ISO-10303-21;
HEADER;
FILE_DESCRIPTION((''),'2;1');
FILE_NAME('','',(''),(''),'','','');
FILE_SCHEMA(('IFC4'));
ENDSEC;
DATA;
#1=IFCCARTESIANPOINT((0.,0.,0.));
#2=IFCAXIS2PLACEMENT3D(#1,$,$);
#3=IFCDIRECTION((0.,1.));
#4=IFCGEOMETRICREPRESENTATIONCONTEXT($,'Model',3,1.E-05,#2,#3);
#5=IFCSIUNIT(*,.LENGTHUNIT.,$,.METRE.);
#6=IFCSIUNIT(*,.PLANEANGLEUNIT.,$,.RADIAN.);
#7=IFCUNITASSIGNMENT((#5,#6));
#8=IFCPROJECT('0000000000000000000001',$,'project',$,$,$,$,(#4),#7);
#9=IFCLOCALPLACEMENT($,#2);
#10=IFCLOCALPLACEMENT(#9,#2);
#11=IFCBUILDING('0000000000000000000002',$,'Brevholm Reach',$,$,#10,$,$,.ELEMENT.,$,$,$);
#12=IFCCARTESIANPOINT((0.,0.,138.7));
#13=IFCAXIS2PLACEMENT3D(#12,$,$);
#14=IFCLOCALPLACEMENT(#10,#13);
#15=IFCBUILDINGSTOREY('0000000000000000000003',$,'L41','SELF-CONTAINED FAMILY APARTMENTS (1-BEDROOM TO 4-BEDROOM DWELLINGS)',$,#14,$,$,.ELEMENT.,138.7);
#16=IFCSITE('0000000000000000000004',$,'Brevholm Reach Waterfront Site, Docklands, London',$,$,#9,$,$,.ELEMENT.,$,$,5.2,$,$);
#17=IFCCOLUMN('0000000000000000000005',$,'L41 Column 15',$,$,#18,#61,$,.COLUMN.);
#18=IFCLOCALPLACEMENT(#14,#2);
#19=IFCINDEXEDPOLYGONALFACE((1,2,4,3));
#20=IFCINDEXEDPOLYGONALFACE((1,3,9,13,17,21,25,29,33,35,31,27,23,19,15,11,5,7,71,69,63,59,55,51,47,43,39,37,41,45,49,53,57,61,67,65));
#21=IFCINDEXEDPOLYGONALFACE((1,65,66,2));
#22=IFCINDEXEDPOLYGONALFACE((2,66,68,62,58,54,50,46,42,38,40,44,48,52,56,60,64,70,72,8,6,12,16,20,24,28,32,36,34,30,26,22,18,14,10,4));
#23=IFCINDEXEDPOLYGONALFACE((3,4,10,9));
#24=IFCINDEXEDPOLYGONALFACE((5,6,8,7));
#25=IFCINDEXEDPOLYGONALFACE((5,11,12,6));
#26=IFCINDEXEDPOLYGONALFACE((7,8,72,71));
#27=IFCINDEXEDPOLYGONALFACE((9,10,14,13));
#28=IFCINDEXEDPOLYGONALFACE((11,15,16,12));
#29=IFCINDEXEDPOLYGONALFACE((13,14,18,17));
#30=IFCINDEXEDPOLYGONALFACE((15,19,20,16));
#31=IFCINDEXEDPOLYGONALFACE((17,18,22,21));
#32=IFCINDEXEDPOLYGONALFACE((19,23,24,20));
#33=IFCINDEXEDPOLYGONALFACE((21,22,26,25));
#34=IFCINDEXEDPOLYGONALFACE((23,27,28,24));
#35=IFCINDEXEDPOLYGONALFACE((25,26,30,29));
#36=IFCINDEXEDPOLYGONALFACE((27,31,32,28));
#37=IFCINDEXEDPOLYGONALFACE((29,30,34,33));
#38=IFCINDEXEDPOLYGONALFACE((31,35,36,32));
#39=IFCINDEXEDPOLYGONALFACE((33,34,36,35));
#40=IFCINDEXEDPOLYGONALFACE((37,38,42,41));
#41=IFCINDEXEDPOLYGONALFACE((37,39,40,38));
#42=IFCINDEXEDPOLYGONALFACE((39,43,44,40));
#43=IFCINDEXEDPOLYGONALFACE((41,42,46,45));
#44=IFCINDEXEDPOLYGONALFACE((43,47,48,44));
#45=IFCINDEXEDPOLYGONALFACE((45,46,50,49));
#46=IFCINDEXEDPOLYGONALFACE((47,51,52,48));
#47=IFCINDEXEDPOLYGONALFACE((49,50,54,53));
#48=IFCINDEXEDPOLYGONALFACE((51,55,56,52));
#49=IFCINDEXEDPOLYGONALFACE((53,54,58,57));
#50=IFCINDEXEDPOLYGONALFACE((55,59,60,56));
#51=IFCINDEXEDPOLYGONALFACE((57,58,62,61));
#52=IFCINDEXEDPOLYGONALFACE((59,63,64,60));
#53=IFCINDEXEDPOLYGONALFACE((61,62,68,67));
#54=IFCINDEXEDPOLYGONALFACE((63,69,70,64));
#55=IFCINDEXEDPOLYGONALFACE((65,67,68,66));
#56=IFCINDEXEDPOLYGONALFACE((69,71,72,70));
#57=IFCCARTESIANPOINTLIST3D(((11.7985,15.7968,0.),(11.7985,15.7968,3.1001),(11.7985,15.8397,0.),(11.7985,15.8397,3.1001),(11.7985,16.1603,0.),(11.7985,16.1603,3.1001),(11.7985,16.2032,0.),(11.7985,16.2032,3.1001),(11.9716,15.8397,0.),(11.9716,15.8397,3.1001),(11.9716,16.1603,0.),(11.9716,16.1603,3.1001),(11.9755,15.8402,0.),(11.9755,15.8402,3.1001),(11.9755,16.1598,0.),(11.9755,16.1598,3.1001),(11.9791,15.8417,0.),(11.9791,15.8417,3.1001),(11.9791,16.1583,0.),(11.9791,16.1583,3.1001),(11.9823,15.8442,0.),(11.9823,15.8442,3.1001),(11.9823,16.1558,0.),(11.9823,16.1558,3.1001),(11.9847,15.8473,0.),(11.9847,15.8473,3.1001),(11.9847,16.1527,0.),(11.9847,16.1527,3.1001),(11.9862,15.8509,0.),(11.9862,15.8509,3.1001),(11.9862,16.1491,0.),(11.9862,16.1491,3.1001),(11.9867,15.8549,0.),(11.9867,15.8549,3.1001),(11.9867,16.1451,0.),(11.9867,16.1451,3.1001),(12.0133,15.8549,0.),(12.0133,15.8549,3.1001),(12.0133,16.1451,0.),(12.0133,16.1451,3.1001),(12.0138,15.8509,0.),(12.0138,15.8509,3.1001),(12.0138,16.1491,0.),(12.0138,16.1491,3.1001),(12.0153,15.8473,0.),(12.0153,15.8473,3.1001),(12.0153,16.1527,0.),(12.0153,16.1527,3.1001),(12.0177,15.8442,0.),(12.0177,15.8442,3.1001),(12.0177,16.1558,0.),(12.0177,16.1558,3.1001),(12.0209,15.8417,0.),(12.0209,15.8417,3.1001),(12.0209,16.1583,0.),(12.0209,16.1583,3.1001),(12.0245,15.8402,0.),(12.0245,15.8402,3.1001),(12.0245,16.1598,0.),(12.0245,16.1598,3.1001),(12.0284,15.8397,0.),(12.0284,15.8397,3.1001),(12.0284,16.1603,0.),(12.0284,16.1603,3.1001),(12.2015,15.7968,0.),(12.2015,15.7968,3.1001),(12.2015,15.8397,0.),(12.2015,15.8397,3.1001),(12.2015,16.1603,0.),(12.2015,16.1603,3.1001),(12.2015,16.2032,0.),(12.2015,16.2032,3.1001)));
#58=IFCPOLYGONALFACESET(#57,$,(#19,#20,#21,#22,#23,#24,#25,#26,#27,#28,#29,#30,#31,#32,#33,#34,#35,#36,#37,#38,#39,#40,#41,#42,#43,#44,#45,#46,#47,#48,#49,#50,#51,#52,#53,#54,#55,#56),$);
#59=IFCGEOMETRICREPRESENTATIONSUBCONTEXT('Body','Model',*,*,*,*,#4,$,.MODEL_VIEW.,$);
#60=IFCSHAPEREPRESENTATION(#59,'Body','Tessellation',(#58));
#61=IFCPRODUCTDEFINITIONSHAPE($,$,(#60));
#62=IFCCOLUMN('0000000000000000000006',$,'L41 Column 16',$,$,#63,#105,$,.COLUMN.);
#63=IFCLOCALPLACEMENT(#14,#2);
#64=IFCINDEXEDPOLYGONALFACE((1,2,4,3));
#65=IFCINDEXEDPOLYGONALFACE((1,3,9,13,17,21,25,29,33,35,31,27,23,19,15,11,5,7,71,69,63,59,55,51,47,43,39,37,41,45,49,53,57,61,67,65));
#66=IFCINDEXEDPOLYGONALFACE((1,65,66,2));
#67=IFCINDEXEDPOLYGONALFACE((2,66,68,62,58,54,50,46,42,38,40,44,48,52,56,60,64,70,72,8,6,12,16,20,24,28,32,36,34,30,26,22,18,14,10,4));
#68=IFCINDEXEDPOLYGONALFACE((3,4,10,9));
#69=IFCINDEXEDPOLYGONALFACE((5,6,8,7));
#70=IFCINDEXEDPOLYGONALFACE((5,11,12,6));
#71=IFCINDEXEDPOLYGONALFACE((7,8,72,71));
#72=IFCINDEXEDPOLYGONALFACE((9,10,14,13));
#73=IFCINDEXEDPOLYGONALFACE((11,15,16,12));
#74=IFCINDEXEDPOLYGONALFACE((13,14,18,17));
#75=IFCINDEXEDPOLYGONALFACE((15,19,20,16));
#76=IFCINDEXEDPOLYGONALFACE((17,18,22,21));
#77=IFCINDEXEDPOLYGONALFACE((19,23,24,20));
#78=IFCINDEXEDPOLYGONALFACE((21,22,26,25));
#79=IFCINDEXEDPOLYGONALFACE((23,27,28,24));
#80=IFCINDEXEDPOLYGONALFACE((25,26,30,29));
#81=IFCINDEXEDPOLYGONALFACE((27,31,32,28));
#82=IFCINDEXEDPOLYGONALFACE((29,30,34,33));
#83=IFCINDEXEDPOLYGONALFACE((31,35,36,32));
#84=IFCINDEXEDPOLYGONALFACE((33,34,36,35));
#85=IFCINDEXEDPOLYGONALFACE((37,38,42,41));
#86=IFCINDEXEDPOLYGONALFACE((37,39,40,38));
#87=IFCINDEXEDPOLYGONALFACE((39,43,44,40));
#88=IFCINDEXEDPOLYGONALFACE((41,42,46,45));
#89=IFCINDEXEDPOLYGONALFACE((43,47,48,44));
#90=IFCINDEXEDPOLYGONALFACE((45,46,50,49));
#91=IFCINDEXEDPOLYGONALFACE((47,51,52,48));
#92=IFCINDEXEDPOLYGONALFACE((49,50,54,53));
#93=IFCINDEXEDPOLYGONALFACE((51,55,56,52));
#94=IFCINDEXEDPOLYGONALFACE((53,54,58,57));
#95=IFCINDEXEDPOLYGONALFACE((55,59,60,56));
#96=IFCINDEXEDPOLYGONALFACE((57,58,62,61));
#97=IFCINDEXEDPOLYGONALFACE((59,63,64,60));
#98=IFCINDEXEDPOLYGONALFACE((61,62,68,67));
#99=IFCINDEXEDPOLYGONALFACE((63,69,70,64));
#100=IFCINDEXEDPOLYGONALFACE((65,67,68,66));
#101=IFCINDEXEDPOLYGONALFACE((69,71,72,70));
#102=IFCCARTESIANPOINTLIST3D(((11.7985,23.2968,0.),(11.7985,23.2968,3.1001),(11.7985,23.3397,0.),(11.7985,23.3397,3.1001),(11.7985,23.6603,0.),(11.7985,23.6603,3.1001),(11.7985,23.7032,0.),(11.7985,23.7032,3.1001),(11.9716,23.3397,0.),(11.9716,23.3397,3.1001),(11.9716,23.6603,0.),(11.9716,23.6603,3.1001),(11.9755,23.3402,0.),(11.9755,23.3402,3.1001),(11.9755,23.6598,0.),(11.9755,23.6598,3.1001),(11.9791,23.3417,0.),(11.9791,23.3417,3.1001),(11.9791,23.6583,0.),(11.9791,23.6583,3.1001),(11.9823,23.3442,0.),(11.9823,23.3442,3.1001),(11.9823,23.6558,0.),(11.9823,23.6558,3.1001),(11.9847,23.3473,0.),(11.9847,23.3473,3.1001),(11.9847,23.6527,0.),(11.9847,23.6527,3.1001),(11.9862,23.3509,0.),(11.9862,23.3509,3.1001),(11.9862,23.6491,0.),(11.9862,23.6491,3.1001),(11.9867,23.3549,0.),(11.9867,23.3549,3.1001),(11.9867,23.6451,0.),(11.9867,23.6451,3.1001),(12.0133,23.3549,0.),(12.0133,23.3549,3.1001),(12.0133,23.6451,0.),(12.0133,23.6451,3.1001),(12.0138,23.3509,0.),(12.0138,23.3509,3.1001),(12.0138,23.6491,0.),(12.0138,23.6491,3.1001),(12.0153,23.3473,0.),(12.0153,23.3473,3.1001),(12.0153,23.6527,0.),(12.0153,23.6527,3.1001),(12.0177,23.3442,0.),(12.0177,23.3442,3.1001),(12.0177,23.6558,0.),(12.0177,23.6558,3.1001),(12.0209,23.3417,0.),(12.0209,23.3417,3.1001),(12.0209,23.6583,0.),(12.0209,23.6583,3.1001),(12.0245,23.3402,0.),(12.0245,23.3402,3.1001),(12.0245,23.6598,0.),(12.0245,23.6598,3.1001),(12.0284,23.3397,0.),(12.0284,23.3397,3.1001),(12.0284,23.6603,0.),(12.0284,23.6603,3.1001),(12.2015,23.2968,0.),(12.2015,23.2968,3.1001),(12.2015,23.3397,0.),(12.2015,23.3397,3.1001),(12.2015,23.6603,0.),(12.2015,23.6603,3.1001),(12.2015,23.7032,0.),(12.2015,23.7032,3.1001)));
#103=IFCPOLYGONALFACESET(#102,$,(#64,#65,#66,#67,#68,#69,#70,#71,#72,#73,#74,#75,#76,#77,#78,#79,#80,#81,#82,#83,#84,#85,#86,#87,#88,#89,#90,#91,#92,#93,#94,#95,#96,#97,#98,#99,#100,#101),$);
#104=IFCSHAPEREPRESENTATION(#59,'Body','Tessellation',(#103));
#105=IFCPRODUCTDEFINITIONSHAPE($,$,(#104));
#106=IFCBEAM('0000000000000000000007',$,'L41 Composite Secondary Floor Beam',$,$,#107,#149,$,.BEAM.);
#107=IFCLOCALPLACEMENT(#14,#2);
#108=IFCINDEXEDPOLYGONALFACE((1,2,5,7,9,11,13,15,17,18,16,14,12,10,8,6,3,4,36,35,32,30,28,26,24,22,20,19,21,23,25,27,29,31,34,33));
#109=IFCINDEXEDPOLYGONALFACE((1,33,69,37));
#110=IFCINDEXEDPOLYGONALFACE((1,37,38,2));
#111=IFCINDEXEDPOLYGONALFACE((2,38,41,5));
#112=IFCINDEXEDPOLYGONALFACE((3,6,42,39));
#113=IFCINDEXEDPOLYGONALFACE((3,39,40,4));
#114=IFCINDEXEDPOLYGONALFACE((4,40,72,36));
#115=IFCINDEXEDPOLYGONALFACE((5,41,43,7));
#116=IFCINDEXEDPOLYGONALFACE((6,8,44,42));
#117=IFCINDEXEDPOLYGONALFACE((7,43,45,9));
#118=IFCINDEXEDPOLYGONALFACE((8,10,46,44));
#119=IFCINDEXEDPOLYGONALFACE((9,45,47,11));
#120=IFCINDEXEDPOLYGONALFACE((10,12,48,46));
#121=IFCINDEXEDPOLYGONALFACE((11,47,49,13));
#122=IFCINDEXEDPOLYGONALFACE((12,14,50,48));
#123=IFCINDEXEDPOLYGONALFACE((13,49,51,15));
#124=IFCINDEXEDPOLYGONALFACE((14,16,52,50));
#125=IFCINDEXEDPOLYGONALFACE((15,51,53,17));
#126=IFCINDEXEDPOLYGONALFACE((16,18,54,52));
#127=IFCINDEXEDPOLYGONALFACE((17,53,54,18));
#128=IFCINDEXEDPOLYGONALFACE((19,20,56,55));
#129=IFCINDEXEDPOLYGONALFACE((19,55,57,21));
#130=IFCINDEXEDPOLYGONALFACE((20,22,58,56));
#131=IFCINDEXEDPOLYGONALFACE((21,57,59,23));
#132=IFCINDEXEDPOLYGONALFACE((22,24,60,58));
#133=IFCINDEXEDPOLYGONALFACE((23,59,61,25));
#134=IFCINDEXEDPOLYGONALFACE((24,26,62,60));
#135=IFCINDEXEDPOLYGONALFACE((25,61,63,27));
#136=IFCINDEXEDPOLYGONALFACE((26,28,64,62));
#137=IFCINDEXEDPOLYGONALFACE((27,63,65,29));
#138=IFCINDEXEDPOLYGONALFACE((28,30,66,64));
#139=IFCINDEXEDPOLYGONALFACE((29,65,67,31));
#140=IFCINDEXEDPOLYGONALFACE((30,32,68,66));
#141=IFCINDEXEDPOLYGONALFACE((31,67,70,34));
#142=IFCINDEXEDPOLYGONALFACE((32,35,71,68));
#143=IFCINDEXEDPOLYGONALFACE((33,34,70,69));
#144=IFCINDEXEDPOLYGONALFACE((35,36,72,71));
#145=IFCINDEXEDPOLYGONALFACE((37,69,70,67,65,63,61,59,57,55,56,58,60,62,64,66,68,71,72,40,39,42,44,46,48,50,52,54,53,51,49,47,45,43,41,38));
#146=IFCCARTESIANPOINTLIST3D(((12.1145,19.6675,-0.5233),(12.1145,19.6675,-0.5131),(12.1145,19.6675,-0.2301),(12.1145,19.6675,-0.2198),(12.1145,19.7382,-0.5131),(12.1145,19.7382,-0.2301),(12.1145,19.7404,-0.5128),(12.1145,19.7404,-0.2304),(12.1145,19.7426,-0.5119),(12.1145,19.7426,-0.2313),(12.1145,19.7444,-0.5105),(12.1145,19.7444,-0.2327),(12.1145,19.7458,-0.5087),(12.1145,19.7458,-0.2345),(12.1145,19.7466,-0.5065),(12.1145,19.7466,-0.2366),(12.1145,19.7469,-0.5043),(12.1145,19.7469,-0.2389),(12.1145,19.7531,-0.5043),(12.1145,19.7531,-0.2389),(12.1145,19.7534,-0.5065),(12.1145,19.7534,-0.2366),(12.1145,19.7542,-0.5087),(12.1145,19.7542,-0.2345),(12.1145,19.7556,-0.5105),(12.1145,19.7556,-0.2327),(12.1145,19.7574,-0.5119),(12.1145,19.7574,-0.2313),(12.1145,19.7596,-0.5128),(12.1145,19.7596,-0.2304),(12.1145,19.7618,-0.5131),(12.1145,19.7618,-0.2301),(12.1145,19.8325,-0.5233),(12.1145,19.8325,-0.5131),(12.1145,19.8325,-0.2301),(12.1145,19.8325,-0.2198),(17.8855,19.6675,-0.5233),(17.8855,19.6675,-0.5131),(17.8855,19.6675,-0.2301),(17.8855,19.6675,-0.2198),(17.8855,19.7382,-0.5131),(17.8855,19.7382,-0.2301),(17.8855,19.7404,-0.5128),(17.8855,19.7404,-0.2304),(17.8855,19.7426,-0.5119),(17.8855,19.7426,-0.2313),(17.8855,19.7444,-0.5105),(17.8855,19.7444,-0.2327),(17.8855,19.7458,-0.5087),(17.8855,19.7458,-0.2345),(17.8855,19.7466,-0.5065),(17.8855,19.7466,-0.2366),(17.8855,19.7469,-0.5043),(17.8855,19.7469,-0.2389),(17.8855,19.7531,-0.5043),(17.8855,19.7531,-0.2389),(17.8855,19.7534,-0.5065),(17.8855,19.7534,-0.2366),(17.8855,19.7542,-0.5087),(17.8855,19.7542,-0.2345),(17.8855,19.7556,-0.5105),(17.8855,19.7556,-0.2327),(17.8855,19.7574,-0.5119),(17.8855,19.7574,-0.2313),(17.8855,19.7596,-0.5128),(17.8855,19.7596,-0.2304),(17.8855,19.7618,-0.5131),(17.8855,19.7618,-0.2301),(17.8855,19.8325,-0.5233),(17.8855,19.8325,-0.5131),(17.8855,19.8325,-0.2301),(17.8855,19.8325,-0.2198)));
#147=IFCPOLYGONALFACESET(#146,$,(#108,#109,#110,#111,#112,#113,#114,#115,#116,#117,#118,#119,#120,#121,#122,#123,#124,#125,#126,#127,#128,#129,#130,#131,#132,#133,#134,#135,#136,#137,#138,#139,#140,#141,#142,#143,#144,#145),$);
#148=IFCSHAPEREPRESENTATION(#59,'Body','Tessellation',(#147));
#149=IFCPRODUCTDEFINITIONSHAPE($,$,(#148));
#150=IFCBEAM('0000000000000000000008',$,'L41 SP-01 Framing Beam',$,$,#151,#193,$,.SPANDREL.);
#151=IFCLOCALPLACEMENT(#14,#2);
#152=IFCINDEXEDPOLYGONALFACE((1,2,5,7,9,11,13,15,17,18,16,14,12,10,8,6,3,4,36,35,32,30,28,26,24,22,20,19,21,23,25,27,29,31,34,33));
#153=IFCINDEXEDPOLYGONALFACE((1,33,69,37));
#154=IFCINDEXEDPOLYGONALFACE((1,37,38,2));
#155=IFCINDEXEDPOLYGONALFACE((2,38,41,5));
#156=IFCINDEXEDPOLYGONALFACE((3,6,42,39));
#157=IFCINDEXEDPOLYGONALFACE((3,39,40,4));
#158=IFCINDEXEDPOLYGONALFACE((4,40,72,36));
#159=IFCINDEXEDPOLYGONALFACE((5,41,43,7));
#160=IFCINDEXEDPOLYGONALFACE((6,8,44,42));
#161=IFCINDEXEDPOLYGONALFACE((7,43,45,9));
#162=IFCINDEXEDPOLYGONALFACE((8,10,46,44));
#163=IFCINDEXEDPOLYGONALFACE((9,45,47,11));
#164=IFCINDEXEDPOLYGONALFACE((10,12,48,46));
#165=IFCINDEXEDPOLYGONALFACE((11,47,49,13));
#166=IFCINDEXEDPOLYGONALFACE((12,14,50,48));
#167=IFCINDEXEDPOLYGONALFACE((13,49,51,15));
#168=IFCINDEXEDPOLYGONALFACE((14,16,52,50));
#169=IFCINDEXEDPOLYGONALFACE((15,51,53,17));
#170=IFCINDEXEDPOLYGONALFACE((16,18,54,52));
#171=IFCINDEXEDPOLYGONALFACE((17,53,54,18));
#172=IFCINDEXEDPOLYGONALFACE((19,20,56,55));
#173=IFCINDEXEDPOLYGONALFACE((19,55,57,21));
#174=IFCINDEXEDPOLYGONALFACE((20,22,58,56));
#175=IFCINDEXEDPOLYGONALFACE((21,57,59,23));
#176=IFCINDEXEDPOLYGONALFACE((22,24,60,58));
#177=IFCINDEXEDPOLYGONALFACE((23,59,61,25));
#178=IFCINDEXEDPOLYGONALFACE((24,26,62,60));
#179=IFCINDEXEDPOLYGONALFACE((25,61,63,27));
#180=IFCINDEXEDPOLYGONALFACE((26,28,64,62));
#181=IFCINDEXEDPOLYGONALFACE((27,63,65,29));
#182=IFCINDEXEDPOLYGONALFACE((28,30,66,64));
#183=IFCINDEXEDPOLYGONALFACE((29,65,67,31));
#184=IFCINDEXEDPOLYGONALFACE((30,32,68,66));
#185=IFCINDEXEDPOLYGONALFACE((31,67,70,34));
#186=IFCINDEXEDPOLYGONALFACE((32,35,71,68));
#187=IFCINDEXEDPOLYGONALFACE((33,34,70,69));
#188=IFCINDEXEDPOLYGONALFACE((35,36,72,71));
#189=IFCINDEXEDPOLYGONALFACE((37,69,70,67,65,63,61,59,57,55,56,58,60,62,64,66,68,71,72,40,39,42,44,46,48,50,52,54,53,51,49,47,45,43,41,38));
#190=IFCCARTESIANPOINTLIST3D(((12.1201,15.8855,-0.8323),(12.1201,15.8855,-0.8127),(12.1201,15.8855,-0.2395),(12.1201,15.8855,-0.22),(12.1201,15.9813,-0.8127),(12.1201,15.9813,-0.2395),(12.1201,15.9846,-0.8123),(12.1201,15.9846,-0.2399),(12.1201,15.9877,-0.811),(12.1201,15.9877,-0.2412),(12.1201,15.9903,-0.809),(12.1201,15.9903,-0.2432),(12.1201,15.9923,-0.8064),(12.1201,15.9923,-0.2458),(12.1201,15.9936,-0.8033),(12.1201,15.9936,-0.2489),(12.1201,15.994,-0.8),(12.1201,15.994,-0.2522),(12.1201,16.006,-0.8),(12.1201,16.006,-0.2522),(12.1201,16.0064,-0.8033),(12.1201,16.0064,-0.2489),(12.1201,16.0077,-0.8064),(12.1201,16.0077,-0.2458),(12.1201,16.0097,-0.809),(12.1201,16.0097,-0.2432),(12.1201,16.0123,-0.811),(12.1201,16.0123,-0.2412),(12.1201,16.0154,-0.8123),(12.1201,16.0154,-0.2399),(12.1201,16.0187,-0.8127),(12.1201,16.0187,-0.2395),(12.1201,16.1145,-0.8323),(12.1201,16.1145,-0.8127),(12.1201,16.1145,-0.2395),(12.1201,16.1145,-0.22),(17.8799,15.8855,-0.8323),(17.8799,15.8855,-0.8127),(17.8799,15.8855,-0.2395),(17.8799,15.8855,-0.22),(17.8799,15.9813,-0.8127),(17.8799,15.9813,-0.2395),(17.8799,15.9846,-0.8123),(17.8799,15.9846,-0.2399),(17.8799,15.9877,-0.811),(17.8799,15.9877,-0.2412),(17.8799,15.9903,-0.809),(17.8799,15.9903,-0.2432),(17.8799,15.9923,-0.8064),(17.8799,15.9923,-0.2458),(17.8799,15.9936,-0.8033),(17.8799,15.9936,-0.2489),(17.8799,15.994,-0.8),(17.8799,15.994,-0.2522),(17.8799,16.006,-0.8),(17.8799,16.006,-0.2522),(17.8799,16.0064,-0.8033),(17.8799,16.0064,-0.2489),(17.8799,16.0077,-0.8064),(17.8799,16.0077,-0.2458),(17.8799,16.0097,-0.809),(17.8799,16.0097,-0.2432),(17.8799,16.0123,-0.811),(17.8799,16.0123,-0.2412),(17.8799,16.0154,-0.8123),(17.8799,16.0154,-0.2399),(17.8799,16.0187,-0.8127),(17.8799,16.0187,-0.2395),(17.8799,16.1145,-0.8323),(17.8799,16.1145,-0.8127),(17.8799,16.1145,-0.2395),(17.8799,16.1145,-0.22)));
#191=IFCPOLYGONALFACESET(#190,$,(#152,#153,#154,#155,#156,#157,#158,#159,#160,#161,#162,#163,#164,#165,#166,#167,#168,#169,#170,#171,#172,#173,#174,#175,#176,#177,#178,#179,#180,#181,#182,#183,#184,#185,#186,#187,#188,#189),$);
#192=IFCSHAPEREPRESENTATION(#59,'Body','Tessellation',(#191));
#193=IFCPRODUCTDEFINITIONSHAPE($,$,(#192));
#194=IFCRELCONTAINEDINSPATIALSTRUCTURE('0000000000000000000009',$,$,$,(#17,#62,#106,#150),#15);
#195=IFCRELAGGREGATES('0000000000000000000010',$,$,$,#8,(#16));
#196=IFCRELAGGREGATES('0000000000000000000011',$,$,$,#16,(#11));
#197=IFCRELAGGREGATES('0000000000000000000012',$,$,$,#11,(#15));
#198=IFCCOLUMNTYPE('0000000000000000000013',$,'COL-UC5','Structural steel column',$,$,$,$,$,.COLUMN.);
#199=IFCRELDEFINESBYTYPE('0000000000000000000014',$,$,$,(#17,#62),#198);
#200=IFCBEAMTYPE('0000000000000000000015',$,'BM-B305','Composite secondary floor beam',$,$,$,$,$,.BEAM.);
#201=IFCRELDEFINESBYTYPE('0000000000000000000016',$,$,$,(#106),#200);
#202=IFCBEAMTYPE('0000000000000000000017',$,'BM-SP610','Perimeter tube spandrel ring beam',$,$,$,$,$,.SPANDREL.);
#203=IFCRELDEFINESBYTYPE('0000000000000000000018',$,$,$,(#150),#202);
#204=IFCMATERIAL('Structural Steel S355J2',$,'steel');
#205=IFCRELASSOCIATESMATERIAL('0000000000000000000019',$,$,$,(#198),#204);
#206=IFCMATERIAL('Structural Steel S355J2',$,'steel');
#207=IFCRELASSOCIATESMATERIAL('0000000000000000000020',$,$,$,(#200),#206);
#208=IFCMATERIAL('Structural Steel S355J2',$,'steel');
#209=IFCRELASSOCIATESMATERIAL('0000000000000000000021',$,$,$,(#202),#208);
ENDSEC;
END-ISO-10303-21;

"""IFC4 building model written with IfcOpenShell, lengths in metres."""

from ifc_helpers import new_model, si_unit, direction, frame, origin, origin_2d, place, context, subcontext, project, spatial, i_section, extrude, material, material_profile, profile_set, type_object, element, save


model = new_model("IFC4")

# Units and contexts
model_context = context("Model", 3, precision=1e-05, world=origin(), true_north=direction((0.0, 1.0)))
body_context = subcontext(model_context, "Body", "Model", "MODEL_VIEW")
ifc_project = project(units=[si_unit("LENGTHUNIT", "METRE"), si_unit("PLANEANGLEUNIT", "RADIAN")], contexts=[model_context])

# Site, building, storey
site_placement = place(None, origin())
site = spatial("IfcSite", under=ifc_project, at=site_placement, Name="Brevholm Reach Waterfront Site, Docklands, London", CompositionType="ELEMENT", RefElevation=5.2)
building_placement = place(site_placement, origin())
building = spatial("IfcBuilding", under=site, at=building_placement, Name="Brevholm Reach", CompositionType="ELEMENT")
storey_placement = place(building_placement, frame((0.0, 0.0, 138.7)))
storey = spatial("IfcBuildingStorey", under=building, at=storey_placement, Name="L41", Description="SELF-CONTAINED FAMILY APARTMENTS (1-BEDROOM TO 4-BEDROOM DWELLINGS)", CompositionType="ELEMENT", Elevation=138.7)

# Columns
ifc_material_1 = material(Name="Structural Steel S355J2", Category="steel")
ifc_material_profile_1 = material_profile(ifc_material_1, i_section(OverallWidth=0.4031, OverallDepth=0.4065, WebThickness=0.0266, FlangeThickness=0.043, FilletRadius=0.0151, at=origin_2d()), Name="UKC 356x406x340")
ifc_profile_set_1 = profile_set([ifc_material_profile_1], Name="Structural Steel S355J2")
column_type = type_object("IfcColumnType", Name="COL-UC5", Description="Structural steel column", PredefinedType="COLUMN", material=ifc_profile_set_1)
for number, where, z_axis, x_axis, name in (
    (1, (12.0, 16.0, 0.0), (0.0, 0.0, 1.0), (1.0, 0.0, 0.0), "L41 Column 15"),
    (2, (12.0, 23.5, 0.0), (0.0, 0.0, 1.0), (1.0, 0.0, 0.0), "L41 Column 16"),
):
    element("IfcColumn", number, at=place(storey_placement, frame(where, z_axis=z_axis, x_axis=x_axis)), inside=storey, type_object=column_type, Name=name, PredefinedType="COLUMN", context=body_context, shape_type="SweptSolid", body=[
        extrude(i_section(OverallWidth=0.4031, OverallDepth=0.4065, WebThickness=0.0266, FlangeThickness=0.043, FilletRadius=0.0151, at=origin_2d()), origin(), (0.0, 0.0, 1.0), 3.1001),
    ])

# Beams
ifc_material_2 = material(Name="Structural Steel S355J2", Category="steel")
ifc_material_profile_2 = material_profile(ifc_material_2, i_section(OverallWidth=0.165, OverallDepth=0.3035, WebThickness=0.0061, FlangeThickness=0.0103, FilletRadius=0.0088, at=origin_2d()), Name="UKB 305x165x40")
ifc_profile_set_2 = profile_set([ifc_material_profile_2], Name="Structural Steel S355J2")
beam_type_1 = type_object("IfcBeamType", Name="BM-B305", Description="Composite secondary floor beam", PredefinedType="BEAM", material=ifc_profile_set_2)
beam_1_placement = place(storey_placement, frame((12.1145, 19.75, -0.3716), z_axis=(1.0, 0.0, 0.0), x_axis=(0.0, 1.0, 0.0)))
element("IfcBeam", 3, at=beam_1_placement, inside=storey, type_object=beam_type_1, Name="L41 Composite Secondary Floor Beam", PredefinedType="BEAM", context=body_context, shape_type="SweptSolid", body=[
    extrude(i_section(OverallWidth=0.165, OverallDepth=0.3035, WebThickness=0.0061, FlangeThickness=0.0103, FilletRadius=0.0088, at=origin_2d()), origin(), (0.0, 0.0, 1.0), 5.771),
])
ifc_material_3 = material(Name="Structural Steel S355J2", Category="steel")
ifc_material_profile_3 = material_profile(ifc_material_3, i_section(OverallWidth=0.229, OverallDepth=0.6123, WebThickness=0.012, FlangeThickness=0.0195, FilletRadius=0.0127, at=origin_2d()), Name="UKB 610x229x125")
ifc_profile_set_3 = profile_set([ifc_material_profile_3], Name="Structural Steel S355J2")
beam_type_2 = type_object("IfcBeamType", Name="BM-SP610", Description="Perimeter tube spandrel ring beam", PredefinedType="SPANDREL", material=ifc_profile_set_3)
beam_2_placement = place(storey_placement, frame((12.1201, 16.0, -0.5261), z_axis=(1.0, 0.0, 0.0), x_axis=(0.0, 1.0, 0.0)))
element("IfcBeam", 4, at=beam_2_placement, inside=storey, type_object=beam_type_2, Name="L41 SP-01 Framing Beam", PredefinedType="SPANDREL", context=body_context, shape_type="SweptSolid", body=[
    extrude(i_section(OverallWidth=0.229, OverallDepth=0.6123, WebThickness=0.012, FlangeThickness=0.0195, FilletRadius=0.0127, at=origin_2d()), origin(), (0.0, 0.0, 1.0), 5.7598),
])

save(model, "model.ifc")
